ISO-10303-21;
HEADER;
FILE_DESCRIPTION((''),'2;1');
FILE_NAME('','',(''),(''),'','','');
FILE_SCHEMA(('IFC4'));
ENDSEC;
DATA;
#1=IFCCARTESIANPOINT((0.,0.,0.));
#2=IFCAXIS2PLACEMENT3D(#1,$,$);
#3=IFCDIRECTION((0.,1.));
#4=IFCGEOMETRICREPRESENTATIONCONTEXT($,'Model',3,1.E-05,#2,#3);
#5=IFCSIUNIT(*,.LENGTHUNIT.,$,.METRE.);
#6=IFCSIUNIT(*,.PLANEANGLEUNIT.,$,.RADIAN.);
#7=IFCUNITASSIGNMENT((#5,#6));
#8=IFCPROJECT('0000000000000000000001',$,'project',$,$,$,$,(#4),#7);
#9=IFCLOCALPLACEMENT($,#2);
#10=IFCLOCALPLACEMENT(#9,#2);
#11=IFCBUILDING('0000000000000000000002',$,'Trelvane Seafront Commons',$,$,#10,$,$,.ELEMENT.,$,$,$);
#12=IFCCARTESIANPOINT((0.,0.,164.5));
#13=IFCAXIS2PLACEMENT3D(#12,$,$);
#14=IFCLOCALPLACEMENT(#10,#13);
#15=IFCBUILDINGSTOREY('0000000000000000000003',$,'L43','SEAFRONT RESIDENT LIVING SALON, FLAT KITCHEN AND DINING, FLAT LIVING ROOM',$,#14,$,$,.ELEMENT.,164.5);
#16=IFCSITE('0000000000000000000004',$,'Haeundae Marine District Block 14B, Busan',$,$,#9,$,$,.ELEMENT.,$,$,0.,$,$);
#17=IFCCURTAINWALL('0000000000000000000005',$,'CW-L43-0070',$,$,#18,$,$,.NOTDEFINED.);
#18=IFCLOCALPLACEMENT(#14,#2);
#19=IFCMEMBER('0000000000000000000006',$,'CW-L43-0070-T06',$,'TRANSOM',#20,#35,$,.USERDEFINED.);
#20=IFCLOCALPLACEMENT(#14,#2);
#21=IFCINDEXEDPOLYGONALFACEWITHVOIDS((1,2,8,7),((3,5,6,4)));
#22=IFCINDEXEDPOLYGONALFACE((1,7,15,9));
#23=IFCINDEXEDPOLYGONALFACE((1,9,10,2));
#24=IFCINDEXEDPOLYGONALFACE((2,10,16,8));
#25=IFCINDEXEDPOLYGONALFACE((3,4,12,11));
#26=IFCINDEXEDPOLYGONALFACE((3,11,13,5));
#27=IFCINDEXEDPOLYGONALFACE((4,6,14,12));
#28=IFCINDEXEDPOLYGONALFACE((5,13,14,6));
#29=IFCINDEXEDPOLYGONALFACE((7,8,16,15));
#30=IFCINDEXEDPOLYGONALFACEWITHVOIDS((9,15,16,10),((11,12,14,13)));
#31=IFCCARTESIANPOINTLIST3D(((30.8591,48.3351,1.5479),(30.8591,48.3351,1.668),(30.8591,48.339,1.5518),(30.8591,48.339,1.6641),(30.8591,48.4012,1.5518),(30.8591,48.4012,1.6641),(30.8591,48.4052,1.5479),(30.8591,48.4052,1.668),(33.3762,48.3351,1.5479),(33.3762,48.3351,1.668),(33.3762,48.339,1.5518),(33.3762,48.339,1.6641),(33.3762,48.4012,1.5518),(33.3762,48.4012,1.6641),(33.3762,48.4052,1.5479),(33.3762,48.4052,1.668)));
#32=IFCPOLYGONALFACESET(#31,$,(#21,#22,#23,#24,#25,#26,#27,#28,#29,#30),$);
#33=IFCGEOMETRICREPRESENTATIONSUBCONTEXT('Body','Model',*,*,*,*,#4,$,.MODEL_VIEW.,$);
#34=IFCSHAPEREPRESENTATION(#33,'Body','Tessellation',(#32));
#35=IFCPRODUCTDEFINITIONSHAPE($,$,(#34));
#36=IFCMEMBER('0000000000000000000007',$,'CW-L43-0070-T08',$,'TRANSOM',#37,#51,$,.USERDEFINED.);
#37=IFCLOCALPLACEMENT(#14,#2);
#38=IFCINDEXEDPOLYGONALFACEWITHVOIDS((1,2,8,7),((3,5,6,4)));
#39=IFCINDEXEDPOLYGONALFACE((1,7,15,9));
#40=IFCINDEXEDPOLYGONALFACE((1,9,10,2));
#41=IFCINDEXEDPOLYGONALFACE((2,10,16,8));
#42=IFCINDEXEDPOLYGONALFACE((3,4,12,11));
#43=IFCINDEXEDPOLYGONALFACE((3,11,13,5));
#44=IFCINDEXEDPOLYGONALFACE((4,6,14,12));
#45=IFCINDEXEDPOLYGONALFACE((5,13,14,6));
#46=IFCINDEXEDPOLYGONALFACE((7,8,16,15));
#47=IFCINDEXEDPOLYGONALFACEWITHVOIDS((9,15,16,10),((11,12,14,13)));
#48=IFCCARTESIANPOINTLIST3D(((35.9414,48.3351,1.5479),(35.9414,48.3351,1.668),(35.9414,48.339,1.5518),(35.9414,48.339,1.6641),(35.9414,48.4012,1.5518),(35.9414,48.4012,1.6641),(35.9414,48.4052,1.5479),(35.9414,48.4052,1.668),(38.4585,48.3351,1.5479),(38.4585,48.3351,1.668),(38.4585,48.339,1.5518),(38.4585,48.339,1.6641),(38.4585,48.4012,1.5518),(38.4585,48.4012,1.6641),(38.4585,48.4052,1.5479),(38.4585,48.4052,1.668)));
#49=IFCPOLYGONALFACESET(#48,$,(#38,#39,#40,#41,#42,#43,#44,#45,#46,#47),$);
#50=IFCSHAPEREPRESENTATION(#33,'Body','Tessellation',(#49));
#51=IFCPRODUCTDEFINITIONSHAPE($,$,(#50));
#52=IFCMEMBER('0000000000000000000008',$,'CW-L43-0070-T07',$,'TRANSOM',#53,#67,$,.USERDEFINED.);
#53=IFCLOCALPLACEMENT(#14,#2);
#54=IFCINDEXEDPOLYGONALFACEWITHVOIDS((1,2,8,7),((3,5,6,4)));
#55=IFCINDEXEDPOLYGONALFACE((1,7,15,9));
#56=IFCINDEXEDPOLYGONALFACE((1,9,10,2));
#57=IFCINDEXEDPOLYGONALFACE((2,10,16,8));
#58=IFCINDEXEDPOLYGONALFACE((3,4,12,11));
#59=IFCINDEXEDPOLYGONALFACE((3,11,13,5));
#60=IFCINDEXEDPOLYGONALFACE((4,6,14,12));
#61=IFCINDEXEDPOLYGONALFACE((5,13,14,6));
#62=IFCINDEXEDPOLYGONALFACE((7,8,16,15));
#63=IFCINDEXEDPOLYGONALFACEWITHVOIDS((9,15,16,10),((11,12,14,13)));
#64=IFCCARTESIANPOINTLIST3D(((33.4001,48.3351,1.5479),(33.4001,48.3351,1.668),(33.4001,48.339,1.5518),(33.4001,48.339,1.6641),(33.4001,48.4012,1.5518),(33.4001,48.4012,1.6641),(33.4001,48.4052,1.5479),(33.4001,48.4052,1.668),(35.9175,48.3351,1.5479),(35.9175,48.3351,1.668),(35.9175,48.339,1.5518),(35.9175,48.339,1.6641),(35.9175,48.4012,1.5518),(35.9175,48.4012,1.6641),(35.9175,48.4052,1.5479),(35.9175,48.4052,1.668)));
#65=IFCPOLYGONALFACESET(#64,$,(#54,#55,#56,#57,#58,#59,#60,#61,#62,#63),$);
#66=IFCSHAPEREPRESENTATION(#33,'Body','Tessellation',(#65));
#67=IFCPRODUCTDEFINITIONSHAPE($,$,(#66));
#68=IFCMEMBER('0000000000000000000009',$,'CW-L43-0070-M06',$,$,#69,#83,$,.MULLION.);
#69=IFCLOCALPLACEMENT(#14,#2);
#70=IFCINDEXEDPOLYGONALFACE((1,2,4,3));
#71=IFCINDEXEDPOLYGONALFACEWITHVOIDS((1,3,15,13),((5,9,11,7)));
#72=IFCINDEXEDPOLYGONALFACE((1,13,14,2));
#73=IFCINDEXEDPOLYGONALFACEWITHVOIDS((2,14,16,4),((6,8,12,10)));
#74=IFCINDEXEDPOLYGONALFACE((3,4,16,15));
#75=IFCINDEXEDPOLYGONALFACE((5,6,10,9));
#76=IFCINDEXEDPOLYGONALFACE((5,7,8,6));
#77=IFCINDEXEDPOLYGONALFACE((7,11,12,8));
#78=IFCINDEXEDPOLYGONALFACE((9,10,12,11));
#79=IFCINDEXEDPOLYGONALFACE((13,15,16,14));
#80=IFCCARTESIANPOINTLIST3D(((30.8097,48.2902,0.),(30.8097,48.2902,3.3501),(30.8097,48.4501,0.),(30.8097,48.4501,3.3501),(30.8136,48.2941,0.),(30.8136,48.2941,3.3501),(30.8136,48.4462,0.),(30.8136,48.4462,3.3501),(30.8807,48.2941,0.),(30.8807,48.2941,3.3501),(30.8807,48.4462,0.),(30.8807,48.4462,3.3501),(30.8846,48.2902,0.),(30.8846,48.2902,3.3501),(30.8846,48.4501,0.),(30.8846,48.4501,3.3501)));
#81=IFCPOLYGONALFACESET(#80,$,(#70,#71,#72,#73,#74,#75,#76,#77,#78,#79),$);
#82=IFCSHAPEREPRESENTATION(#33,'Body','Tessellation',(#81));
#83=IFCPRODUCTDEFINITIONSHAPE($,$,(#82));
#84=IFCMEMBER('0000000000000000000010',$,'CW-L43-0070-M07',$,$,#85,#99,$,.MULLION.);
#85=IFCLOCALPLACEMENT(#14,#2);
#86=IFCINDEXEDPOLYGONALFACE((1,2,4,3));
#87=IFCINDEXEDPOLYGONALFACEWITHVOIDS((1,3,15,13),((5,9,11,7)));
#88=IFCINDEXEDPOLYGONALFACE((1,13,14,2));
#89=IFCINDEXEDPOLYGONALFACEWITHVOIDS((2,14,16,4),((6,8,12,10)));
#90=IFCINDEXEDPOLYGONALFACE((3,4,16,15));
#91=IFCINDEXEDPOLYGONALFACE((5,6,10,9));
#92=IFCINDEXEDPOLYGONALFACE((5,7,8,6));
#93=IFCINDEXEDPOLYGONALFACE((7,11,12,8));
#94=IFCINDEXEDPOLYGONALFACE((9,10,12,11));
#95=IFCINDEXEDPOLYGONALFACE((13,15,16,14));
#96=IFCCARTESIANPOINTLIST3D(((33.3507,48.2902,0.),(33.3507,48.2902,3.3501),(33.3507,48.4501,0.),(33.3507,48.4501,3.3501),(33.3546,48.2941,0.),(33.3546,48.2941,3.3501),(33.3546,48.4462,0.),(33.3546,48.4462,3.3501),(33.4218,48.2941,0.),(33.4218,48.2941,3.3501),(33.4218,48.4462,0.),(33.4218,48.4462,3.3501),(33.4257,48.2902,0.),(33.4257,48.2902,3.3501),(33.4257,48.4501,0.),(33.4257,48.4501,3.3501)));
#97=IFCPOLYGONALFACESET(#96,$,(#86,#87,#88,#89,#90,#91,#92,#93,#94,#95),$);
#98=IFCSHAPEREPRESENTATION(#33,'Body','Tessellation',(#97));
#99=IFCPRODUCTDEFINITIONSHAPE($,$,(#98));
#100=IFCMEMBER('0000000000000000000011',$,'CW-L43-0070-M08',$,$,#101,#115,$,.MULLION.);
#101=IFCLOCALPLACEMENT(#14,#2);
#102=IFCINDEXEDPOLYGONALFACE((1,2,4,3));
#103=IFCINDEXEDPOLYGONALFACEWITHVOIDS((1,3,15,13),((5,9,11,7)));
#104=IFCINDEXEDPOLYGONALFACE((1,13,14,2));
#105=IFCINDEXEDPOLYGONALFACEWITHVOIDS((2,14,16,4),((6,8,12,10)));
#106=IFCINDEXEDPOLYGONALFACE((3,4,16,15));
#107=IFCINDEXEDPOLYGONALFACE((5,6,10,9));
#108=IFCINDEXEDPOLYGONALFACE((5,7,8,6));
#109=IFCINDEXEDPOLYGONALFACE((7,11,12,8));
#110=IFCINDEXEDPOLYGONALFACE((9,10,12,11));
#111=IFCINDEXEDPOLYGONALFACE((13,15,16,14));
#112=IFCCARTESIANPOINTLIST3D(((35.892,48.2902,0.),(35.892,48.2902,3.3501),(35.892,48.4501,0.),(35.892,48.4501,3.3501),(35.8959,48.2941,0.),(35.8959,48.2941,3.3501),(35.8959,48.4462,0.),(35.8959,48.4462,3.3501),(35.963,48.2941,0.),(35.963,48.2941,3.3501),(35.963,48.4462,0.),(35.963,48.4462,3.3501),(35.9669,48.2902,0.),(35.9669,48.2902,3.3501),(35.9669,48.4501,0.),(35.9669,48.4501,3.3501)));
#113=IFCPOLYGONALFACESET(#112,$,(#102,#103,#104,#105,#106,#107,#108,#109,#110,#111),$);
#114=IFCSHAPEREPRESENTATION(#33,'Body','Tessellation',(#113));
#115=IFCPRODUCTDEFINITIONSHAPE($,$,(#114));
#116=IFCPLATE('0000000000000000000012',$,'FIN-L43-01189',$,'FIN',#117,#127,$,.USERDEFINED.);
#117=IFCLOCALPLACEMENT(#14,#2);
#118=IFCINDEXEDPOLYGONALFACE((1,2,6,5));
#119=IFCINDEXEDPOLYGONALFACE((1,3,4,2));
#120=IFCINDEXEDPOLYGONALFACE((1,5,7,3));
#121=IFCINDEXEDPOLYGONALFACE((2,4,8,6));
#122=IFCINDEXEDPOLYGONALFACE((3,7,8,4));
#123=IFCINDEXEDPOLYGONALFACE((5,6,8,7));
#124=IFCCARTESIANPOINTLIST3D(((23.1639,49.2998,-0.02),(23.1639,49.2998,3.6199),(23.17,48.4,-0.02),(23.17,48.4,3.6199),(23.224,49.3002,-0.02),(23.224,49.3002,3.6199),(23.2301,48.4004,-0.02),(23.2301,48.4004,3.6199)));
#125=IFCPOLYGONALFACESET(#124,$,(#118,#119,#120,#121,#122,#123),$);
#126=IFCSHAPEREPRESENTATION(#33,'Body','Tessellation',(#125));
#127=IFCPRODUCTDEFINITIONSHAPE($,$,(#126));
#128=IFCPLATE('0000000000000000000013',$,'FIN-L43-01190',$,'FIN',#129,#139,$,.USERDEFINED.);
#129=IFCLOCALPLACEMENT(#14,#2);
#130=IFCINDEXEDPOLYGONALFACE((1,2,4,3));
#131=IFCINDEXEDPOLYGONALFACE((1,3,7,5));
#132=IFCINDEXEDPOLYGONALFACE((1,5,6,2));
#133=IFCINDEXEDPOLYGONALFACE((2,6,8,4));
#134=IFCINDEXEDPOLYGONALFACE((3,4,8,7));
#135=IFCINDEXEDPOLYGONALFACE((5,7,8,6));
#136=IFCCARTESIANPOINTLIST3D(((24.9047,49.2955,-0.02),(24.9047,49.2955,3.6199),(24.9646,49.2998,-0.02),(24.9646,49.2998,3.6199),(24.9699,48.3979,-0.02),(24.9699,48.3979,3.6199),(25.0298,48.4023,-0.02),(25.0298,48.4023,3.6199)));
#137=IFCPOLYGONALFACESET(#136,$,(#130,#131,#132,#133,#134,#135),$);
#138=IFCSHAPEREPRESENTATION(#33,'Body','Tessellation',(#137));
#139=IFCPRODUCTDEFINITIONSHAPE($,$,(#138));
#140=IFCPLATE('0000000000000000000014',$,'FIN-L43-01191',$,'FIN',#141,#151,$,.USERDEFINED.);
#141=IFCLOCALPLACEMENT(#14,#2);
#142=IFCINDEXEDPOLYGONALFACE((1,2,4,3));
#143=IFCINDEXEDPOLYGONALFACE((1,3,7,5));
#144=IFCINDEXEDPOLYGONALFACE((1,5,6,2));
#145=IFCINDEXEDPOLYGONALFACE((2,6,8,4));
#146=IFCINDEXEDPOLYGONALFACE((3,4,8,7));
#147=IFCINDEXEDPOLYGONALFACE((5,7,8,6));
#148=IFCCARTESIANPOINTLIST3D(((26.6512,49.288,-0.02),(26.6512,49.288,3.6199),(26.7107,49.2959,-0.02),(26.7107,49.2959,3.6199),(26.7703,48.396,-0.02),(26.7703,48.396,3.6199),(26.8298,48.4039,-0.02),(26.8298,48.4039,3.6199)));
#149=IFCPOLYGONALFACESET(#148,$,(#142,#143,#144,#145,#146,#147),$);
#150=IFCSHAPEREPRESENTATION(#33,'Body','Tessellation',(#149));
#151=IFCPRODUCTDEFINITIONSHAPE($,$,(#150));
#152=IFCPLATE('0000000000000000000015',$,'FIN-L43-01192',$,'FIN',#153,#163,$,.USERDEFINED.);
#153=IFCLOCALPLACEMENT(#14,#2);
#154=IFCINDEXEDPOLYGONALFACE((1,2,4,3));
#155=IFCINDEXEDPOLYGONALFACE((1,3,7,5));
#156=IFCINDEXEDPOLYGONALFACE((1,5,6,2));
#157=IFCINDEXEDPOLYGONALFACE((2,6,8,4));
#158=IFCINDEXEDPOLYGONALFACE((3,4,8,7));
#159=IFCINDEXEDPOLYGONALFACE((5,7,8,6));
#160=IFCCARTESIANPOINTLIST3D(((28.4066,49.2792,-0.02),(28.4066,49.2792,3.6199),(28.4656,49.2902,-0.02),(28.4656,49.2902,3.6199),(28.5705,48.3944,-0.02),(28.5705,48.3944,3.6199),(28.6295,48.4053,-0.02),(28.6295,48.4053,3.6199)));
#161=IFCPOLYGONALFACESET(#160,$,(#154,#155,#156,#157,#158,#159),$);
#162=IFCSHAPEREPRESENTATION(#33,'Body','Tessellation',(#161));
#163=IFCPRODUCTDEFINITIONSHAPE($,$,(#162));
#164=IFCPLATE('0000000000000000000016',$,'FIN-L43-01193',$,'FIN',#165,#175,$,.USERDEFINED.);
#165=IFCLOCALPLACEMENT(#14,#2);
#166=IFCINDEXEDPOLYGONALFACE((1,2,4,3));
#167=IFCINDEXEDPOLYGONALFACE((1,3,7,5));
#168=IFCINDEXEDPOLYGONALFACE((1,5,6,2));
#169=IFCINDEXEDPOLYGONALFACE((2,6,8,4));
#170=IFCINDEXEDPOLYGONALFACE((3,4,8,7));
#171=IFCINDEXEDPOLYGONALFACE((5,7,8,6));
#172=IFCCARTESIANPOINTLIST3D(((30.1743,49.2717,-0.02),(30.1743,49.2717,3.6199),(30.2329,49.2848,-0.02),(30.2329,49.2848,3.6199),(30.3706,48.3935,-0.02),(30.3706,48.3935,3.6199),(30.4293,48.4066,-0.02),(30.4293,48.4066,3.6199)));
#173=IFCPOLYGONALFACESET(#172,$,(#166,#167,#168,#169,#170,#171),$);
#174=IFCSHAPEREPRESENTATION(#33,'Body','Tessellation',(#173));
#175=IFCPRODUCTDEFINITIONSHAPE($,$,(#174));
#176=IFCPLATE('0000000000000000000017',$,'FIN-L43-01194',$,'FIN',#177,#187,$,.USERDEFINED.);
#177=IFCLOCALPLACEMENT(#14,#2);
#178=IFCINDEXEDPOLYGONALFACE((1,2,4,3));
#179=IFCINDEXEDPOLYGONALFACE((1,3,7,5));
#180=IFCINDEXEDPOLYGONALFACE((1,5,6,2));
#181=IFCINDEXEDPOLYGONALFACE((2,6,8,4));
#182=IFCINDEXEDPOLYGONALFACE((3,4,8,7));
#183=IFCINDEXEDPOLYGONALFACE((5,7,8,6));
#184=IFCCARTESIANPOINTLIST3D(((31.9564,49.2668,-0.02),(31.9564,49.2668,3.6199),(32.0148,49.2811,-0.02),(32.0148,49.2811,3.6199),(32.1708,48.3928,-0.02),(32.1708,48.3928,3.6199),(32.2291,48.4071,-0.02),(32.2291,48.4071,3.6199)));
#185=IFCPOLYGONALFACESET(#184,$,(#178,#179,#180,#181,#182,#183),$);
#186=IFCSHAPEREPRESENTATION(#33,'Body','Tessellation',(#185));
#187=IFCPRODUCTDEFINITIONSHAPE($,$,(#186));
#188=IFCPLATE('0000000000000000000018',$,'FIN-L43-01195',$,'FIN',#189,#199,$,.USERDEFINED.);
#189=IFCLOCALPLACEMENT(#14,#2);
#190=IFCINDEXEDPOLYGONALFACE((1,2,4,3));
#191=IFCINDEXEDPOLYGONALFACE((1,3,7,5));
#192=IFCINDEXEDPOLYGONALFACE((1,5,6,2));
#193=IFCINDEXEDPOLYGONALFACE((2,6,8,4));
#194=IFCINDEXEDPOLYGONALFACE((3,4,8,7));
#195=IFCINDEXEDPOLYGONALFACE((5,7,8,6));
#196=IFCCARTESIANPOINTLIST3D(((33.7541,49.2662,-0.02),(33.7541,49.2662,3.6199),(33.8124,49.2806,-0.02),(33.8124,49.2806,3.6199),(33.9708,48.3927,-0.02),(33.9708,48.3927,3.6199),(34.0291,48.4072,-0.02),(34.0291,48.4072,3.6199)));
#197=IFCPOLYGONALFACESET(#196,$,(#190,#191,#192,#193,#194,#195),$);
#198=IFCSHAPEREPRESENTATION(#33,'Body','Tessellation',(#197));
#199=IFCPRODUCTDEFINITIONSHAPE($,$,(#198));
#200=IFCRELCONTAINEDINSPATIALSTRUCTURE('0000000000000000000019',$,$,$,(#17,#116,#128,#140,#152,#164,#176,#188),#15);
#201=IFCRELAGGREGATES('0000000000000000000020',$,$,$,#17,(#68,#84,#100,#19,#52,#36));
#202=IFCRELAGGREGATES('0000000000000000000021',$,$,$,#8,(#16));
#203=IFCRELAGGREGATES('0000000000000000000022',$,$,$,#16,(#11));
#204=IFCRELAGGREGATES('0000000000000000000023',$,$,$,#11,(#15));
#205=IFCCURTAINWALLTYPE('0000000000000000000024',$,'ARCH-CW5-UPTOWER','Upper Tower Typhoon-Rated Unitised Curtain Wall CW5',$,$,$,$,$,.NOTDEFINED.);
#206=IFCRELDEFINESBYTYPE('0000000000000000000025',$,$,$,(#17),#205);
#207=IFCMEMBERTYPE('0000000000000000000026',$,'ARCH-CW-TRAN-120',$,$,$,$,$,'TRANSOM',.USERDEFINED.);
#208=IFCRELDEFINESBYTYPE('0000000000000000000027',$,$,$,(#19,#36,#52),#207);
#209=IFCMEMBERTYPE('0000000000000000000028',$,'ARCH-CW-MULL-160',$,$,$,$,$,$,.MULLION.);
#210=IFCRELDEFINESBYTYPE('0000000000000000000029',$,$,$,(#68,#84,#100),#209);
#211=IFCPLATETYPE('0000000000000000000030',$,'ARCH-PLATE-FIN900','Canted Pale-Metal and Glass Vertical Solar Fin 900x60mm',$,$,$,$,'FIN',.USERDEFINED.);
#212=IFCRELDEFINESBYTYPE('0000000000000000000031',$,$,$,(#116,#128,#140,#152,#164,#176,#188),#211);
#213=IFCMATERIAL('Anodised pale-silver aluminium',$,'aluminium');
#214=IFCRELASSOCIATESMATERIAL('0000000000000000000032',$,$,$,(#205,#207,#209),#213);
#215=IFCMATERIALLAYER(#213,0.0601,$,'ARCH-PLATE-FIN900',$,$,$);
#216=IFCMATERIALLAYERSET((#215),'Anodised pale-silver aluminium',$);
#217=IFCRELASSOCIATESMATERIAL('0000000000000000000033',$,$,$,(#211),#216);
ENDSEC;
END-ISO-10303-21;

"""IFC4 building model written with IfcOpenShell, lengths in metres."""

from ifc_helpers import new_model, si_unit, direction, frame, origin, origin_2d, place, context, subcontext, project, spatial, rectangle, hollow_rectangle, extrude, source, transform, mapped, material, layer, layer_set, material_profile, profile_set, type_object, element, aggregate, save


model = new_model("IFC4")

# Units and contexts
model_context = context("Model", 3, precision=1e-05, world=origin(), true_north=direction((0.0, 1.0)))
body_context = subcontext(model_context, "Body", "Model", "MODEL_VIEW")
ifc_project = project(units=[si_unit("LENGTHUNIT", "METRE"), si_unit("PLANEANGLEUNIT", "RADIAN")], contexts=[model_context])

# Site, building, storey
site_placement = place(None, origin())
site = spatial("IfcSite", under=ifc_project, at=site_placement, Name="Haeundae Marine District Block 14B, Busan", CompositionType="ELEMENT", RefElevation=0.0)
building_placement = place(site_placement, origin())
building = spatial("IfcBuilding", under=site, at=building_placement, Name="Trelvane Seafront Commons", CompositionType="ELEMENT")
storey_placement = place(building_placement, frame((0.0, 0.0, 164.5)))
storey = spatial("IfcBuildingStorey", under=building, at=storey_placement, Name="L43", Description="SEAFRONT RESIDENT LIVING SALON, FLAT KITCHEN AND DINING, FLAT LIVING ROOM", CompositionType="ELEMENT", Elevation=164.5)

# Curtain wall, members
ifc_material_1 = material(Name="Anodised pale-silver aluminium", Category="aluminium")
curtain_wall_type = type_object("IfcCurtainWallType", Name="ARCH-CW5-UPTOWER", Description="Upper Tower Typhoon-Rated Unitised Curtain Wall CW5", PredefinedType="NOTDEFINED", material=ifc_material_1)
curtain_wall_placement = place(storey_placement, origin())
curtain_wall = element("IfcCurtainWall", 1, at=curtain_wall_placement, inside=storey, type_object=curtain_wall_type, Name="CW-L43-0070", PredefinedType="NOTDEFINED")
ifc_material_profile_1 = material_profile(ifc_material_1, hollow_rectangle(XDim=0.0701, YDim=0.1201, WallThickness=0.0039, at=origin_2d()), Name="TRAN-70x120x4")
ifc_profile_set_1 = profile_set([ifc_material_profile_1], Name="Anodised pale-silver aluminium")
member_type_1 = type_object("IfcMemberType", Name="ARCH-CW-TRAN-120", ElementType="TRANSOM", PredefinedType="USERDEFINED", material=ifc_profile_set_1)
shared_shape_1 = source(origin(), body_context, "Body", "SweptSolid", [
    extrude(hollow_rectangle(XDim=0.0701, YDim=0.1201, WallThickness=0.0039, at=origin_2d()), origin(), (0.0, 0.0, 1.0), 2.5171),
])
member_1_placement = place(storey_placement, frame((30.8591, 48.3701, 1.6079), z_axis=(1.0, 0.0, 0.0), x_axis=(0.0, 1.0, 0.0)))
member_1 = element("IfcMember", 2, at=member_1_placement, type_object=member_type_1, Name="CW-L43-0070-T06", ObjectType="TRANSOM", PredefinedType="USERDEFINED", context=body_context, shape_type="MappedRepresentation", body=[
    mapped(shared_shape_1, transform((0.0, 0.0, 0.0), x_axis=(1.0, 0.0, 0.0), y_axis=(0.0, 1.0, 0.0), z_axis=(0.0, 0.0, 1.0), scale=1.0)),
])
member_2_placement = place(storey_placement, frame((35.9414, 48.3701, 1.6079), z_axis=(1.0, 0.0, 0.0), x_axis=(0.0, 1.0, 0.0)))
member_2 = element("IfcMember", 3, at=member_2_placement, type_object=member_type_1, Name="CW-L43-0070-T08", ObjectType="TRANSOM", PredefinedType="USERDEFINED", context=body_context, shape_type="MappedRepresentation", body=[
    mapped(shared_shape_1, transform((0.0, 0.0, 0.0), x_axis=(1.0, 0.0, 0.0), y_axis=(0.0, 1.0, 0.0), z_axis=(0.0, 0.0, 1.0), scale=1.0)),
])
shared_shape_2 = source(origin(), body_context, "Body", "SweptSolid", [
    extrude(hollow_rectangle(XDim=0.0701, YDim=0.1201, WallThickness=0.0039, at=origin_2d()), origin(), (0.0, 0.0, 1.0), 2.5173),
])
member_3_placement = place(storey_placement, frame((33.4001, 48.3701, 1.6079), z_axis=(1.0, 0.0, 0.0), x_axis=(0.0, 1.0, 0.0)))
member_3 = element("IfcMember", 4, at=member_3_placement, type_object=member_type_1, Name="CW-L43-0070-T07", ObjectType="TRANSOM", PredefinedType="USERDEFINED", context=body_context, shape_type="MappedRepresentation", body=[
    mapped(shared_shape_2, transform((0.0, 0.0, 0.0), x_axis=(1.0, 0.0, 0.0), y_axis=(0.0, 1.0, 0.0), z_axis=(0.0, 0.0, 1.0), scale=1.0)),
])
ifc_material_profile_2 = material_profile(ifc_material_1, hollow_rectangle(XDim=0.075, YDim=0.1599, WallThickness=0.0039, at=origin_2d()), Name="MULL-75x160x4")
ifc_profile_set_2 = profile_set([ifc_material_profile_2], Name="Anodised pale-silver aluminium")
member_type_2 = type_object("IfcMemberType", Name="ARCH-CW-MULL-160", PredefinedType="MULLION", material=ifc_profile_set_2)
shared_shape_3 = source(origin(), body_context, "Body", "SweptSolid", [
    extrude(hollow_rectangle(XDim=0.075, YDim=0.1599, WallThickness=0.0039, at=origin_2d()), origin(), (0.0, 0.0, 1.0), 3.3501),
])
member_4_placement = place(storey_placement, frame((30.8472, 48.3701, 0.0), z_axis=(0.0, 0.0, 1.0), x_axis=(1.0, 0.0, 0.0)))
member_4 = element("IfcMember", 5, at=member_4_placement, type_object=member_type_2, Name="CW-L43-0070-M06", PredefinedType="MULLION", context=body_context, shape_type="MappedRepresentation", body=[
    mapped(shared_shape_3, transform((0.0, 0.0, 0.0), x_axis=(1.0, 0.0, 0.0), y_axis=(0.0, 1.0, 0.0), z_axis=(0.0, 0.0, 1.0), scale=1.0)),
])
member_5_placement = place(storey_placement, frame((33.3882, 48.3701, 0.0), z_axis=(0.0, 0.0, 1.0), x_axis=(1.0, 0.0, 0.0)))
member_5 = element("IfcMember", 6, at=member_5_placement, type_object=member_type_2, Name="CW-L43-0070-M07", PredefinedType="MULLION", context=body_context, shape_type="MappedRepresentation", body=[
    mapped(shared_shape_3, transform((0.0, 0.0, 0.0), x_axis=(1.0, 0.0, 0.0), y_axis=(0.0, 1.0, 0.0), z_axis=(0.0, 0.0, 1.0), scale=1.0)),
])
member_6_placement = place(storey_placement, frame((35.9294, 48.3701, 0.0), z_axis=(0.0, 0.0, 1.0), x_axis=(1.0, 0.0, 0.0)))
member_6 = element("IfcMember", 7, at=member_6_placement, type_object=member_type_2, Name="CW-L43-0070-M08", PredefinedType="MULLION", context=body_context, shape_type="MappedRepresentation", body=[
    mapped(shared_shape_3, transform((0.0, 0.0, 0.0), x_axis=(1.0, 0.0, 0.0), y_axis=(0.0, 1.0, 0.0), z_axis=(0.0, 0.0, 1.0), scale=1.0)),
])

# Plates
ifc_layer_1 = layer(ifc_material_1, 0.0601, Name="ARCH-PLATE-FIN900")
ifc_layer_set_1 = layer_set([ifc_layer_1], Name="Anodised pale-silver aluminium")
plate_type_1 = type_object("IfcPlateType", Name="ARCH-PLATE-FIN900", Description="Canted Pale-Metal and Glass Vertical Solar Fin 900x60mm", ElementType="FIN", PredefinedType="USERDEFINED", material=ifc_layer_set_1)
shared_shape_4 = source(origin(), body_context, "Body", "SweptSolid", [
    extrude(rectangle(XDim=0.8999, YDim=0.0601, at=origin_2d()), origin(), (0.0, 0.0, 1.0), 3.6399),
])
for number, where, z_axis, x_axis, name in (
    (8, (23.197, 48.8501, -0.02), (0.0, 0.0, 1.0), (-0.006777, 0.999977, 0.0), "FIN-L43-01189"),
    (9, (24.9673, 48.8489, -0.02), (0.0, 0.0, 1.0), (-0.072448, 0.997372, 0.0), "FIN-L43-01190"),
    (10, (26.7405, 48.8459, -0.02), (0.0, 0.0, 1.0), (-0.132331, 0.991206, 0.0), "FIN-L43-01191"),
    (11, (28.5181, 48.8423, -0.02), (0.0, 0.0, 1.0), (-0.182121, 0.983276, 0.0), "FIN-L43-01192"),
    (12, (30.3018, 48.8391, -0.02), (0.0, 0.0, 1.0), (-0.218225, 0.975898, 0.0), "FIN-L43-01193"),
    (13, (32.0928, 48.8369, -0.02), (0.0, 0.0, 1.0), (-0.23822, 0.971211, 0.0), "FIN-L43-01194"),
    (14, (33.8916, 48.8367, -0.02), (0.0, 0.0, 1.0), (-0.240784, 0.970579, 0.0), "FIN-L43-01195"),
):
    element("IfcPlate", number, at=place(storey_placement, frame(where, z_axis=z_axis, x_axis=x_axis)), inside=storey, type_object=plate_type_1, Name=name, ObjectType="FIN", PredefinedType="USERDEFINED", context=body_context, shape_type="MappedRepresentation", body=[
        mapped(shared_shape_4, transform((0.0, 0.0, 0.0), x_axis=(1.0, 0.0, 0.0), y_axis=(0.0, 1.0, 0.0), z_axis=(0.0, 0.0, 1.0), scale=1.0)),
    ])

aggregate(curtain_wall, [member_4, member_5, member_6, member_1, member_3, member_2])

save(model, "model.ifc")
